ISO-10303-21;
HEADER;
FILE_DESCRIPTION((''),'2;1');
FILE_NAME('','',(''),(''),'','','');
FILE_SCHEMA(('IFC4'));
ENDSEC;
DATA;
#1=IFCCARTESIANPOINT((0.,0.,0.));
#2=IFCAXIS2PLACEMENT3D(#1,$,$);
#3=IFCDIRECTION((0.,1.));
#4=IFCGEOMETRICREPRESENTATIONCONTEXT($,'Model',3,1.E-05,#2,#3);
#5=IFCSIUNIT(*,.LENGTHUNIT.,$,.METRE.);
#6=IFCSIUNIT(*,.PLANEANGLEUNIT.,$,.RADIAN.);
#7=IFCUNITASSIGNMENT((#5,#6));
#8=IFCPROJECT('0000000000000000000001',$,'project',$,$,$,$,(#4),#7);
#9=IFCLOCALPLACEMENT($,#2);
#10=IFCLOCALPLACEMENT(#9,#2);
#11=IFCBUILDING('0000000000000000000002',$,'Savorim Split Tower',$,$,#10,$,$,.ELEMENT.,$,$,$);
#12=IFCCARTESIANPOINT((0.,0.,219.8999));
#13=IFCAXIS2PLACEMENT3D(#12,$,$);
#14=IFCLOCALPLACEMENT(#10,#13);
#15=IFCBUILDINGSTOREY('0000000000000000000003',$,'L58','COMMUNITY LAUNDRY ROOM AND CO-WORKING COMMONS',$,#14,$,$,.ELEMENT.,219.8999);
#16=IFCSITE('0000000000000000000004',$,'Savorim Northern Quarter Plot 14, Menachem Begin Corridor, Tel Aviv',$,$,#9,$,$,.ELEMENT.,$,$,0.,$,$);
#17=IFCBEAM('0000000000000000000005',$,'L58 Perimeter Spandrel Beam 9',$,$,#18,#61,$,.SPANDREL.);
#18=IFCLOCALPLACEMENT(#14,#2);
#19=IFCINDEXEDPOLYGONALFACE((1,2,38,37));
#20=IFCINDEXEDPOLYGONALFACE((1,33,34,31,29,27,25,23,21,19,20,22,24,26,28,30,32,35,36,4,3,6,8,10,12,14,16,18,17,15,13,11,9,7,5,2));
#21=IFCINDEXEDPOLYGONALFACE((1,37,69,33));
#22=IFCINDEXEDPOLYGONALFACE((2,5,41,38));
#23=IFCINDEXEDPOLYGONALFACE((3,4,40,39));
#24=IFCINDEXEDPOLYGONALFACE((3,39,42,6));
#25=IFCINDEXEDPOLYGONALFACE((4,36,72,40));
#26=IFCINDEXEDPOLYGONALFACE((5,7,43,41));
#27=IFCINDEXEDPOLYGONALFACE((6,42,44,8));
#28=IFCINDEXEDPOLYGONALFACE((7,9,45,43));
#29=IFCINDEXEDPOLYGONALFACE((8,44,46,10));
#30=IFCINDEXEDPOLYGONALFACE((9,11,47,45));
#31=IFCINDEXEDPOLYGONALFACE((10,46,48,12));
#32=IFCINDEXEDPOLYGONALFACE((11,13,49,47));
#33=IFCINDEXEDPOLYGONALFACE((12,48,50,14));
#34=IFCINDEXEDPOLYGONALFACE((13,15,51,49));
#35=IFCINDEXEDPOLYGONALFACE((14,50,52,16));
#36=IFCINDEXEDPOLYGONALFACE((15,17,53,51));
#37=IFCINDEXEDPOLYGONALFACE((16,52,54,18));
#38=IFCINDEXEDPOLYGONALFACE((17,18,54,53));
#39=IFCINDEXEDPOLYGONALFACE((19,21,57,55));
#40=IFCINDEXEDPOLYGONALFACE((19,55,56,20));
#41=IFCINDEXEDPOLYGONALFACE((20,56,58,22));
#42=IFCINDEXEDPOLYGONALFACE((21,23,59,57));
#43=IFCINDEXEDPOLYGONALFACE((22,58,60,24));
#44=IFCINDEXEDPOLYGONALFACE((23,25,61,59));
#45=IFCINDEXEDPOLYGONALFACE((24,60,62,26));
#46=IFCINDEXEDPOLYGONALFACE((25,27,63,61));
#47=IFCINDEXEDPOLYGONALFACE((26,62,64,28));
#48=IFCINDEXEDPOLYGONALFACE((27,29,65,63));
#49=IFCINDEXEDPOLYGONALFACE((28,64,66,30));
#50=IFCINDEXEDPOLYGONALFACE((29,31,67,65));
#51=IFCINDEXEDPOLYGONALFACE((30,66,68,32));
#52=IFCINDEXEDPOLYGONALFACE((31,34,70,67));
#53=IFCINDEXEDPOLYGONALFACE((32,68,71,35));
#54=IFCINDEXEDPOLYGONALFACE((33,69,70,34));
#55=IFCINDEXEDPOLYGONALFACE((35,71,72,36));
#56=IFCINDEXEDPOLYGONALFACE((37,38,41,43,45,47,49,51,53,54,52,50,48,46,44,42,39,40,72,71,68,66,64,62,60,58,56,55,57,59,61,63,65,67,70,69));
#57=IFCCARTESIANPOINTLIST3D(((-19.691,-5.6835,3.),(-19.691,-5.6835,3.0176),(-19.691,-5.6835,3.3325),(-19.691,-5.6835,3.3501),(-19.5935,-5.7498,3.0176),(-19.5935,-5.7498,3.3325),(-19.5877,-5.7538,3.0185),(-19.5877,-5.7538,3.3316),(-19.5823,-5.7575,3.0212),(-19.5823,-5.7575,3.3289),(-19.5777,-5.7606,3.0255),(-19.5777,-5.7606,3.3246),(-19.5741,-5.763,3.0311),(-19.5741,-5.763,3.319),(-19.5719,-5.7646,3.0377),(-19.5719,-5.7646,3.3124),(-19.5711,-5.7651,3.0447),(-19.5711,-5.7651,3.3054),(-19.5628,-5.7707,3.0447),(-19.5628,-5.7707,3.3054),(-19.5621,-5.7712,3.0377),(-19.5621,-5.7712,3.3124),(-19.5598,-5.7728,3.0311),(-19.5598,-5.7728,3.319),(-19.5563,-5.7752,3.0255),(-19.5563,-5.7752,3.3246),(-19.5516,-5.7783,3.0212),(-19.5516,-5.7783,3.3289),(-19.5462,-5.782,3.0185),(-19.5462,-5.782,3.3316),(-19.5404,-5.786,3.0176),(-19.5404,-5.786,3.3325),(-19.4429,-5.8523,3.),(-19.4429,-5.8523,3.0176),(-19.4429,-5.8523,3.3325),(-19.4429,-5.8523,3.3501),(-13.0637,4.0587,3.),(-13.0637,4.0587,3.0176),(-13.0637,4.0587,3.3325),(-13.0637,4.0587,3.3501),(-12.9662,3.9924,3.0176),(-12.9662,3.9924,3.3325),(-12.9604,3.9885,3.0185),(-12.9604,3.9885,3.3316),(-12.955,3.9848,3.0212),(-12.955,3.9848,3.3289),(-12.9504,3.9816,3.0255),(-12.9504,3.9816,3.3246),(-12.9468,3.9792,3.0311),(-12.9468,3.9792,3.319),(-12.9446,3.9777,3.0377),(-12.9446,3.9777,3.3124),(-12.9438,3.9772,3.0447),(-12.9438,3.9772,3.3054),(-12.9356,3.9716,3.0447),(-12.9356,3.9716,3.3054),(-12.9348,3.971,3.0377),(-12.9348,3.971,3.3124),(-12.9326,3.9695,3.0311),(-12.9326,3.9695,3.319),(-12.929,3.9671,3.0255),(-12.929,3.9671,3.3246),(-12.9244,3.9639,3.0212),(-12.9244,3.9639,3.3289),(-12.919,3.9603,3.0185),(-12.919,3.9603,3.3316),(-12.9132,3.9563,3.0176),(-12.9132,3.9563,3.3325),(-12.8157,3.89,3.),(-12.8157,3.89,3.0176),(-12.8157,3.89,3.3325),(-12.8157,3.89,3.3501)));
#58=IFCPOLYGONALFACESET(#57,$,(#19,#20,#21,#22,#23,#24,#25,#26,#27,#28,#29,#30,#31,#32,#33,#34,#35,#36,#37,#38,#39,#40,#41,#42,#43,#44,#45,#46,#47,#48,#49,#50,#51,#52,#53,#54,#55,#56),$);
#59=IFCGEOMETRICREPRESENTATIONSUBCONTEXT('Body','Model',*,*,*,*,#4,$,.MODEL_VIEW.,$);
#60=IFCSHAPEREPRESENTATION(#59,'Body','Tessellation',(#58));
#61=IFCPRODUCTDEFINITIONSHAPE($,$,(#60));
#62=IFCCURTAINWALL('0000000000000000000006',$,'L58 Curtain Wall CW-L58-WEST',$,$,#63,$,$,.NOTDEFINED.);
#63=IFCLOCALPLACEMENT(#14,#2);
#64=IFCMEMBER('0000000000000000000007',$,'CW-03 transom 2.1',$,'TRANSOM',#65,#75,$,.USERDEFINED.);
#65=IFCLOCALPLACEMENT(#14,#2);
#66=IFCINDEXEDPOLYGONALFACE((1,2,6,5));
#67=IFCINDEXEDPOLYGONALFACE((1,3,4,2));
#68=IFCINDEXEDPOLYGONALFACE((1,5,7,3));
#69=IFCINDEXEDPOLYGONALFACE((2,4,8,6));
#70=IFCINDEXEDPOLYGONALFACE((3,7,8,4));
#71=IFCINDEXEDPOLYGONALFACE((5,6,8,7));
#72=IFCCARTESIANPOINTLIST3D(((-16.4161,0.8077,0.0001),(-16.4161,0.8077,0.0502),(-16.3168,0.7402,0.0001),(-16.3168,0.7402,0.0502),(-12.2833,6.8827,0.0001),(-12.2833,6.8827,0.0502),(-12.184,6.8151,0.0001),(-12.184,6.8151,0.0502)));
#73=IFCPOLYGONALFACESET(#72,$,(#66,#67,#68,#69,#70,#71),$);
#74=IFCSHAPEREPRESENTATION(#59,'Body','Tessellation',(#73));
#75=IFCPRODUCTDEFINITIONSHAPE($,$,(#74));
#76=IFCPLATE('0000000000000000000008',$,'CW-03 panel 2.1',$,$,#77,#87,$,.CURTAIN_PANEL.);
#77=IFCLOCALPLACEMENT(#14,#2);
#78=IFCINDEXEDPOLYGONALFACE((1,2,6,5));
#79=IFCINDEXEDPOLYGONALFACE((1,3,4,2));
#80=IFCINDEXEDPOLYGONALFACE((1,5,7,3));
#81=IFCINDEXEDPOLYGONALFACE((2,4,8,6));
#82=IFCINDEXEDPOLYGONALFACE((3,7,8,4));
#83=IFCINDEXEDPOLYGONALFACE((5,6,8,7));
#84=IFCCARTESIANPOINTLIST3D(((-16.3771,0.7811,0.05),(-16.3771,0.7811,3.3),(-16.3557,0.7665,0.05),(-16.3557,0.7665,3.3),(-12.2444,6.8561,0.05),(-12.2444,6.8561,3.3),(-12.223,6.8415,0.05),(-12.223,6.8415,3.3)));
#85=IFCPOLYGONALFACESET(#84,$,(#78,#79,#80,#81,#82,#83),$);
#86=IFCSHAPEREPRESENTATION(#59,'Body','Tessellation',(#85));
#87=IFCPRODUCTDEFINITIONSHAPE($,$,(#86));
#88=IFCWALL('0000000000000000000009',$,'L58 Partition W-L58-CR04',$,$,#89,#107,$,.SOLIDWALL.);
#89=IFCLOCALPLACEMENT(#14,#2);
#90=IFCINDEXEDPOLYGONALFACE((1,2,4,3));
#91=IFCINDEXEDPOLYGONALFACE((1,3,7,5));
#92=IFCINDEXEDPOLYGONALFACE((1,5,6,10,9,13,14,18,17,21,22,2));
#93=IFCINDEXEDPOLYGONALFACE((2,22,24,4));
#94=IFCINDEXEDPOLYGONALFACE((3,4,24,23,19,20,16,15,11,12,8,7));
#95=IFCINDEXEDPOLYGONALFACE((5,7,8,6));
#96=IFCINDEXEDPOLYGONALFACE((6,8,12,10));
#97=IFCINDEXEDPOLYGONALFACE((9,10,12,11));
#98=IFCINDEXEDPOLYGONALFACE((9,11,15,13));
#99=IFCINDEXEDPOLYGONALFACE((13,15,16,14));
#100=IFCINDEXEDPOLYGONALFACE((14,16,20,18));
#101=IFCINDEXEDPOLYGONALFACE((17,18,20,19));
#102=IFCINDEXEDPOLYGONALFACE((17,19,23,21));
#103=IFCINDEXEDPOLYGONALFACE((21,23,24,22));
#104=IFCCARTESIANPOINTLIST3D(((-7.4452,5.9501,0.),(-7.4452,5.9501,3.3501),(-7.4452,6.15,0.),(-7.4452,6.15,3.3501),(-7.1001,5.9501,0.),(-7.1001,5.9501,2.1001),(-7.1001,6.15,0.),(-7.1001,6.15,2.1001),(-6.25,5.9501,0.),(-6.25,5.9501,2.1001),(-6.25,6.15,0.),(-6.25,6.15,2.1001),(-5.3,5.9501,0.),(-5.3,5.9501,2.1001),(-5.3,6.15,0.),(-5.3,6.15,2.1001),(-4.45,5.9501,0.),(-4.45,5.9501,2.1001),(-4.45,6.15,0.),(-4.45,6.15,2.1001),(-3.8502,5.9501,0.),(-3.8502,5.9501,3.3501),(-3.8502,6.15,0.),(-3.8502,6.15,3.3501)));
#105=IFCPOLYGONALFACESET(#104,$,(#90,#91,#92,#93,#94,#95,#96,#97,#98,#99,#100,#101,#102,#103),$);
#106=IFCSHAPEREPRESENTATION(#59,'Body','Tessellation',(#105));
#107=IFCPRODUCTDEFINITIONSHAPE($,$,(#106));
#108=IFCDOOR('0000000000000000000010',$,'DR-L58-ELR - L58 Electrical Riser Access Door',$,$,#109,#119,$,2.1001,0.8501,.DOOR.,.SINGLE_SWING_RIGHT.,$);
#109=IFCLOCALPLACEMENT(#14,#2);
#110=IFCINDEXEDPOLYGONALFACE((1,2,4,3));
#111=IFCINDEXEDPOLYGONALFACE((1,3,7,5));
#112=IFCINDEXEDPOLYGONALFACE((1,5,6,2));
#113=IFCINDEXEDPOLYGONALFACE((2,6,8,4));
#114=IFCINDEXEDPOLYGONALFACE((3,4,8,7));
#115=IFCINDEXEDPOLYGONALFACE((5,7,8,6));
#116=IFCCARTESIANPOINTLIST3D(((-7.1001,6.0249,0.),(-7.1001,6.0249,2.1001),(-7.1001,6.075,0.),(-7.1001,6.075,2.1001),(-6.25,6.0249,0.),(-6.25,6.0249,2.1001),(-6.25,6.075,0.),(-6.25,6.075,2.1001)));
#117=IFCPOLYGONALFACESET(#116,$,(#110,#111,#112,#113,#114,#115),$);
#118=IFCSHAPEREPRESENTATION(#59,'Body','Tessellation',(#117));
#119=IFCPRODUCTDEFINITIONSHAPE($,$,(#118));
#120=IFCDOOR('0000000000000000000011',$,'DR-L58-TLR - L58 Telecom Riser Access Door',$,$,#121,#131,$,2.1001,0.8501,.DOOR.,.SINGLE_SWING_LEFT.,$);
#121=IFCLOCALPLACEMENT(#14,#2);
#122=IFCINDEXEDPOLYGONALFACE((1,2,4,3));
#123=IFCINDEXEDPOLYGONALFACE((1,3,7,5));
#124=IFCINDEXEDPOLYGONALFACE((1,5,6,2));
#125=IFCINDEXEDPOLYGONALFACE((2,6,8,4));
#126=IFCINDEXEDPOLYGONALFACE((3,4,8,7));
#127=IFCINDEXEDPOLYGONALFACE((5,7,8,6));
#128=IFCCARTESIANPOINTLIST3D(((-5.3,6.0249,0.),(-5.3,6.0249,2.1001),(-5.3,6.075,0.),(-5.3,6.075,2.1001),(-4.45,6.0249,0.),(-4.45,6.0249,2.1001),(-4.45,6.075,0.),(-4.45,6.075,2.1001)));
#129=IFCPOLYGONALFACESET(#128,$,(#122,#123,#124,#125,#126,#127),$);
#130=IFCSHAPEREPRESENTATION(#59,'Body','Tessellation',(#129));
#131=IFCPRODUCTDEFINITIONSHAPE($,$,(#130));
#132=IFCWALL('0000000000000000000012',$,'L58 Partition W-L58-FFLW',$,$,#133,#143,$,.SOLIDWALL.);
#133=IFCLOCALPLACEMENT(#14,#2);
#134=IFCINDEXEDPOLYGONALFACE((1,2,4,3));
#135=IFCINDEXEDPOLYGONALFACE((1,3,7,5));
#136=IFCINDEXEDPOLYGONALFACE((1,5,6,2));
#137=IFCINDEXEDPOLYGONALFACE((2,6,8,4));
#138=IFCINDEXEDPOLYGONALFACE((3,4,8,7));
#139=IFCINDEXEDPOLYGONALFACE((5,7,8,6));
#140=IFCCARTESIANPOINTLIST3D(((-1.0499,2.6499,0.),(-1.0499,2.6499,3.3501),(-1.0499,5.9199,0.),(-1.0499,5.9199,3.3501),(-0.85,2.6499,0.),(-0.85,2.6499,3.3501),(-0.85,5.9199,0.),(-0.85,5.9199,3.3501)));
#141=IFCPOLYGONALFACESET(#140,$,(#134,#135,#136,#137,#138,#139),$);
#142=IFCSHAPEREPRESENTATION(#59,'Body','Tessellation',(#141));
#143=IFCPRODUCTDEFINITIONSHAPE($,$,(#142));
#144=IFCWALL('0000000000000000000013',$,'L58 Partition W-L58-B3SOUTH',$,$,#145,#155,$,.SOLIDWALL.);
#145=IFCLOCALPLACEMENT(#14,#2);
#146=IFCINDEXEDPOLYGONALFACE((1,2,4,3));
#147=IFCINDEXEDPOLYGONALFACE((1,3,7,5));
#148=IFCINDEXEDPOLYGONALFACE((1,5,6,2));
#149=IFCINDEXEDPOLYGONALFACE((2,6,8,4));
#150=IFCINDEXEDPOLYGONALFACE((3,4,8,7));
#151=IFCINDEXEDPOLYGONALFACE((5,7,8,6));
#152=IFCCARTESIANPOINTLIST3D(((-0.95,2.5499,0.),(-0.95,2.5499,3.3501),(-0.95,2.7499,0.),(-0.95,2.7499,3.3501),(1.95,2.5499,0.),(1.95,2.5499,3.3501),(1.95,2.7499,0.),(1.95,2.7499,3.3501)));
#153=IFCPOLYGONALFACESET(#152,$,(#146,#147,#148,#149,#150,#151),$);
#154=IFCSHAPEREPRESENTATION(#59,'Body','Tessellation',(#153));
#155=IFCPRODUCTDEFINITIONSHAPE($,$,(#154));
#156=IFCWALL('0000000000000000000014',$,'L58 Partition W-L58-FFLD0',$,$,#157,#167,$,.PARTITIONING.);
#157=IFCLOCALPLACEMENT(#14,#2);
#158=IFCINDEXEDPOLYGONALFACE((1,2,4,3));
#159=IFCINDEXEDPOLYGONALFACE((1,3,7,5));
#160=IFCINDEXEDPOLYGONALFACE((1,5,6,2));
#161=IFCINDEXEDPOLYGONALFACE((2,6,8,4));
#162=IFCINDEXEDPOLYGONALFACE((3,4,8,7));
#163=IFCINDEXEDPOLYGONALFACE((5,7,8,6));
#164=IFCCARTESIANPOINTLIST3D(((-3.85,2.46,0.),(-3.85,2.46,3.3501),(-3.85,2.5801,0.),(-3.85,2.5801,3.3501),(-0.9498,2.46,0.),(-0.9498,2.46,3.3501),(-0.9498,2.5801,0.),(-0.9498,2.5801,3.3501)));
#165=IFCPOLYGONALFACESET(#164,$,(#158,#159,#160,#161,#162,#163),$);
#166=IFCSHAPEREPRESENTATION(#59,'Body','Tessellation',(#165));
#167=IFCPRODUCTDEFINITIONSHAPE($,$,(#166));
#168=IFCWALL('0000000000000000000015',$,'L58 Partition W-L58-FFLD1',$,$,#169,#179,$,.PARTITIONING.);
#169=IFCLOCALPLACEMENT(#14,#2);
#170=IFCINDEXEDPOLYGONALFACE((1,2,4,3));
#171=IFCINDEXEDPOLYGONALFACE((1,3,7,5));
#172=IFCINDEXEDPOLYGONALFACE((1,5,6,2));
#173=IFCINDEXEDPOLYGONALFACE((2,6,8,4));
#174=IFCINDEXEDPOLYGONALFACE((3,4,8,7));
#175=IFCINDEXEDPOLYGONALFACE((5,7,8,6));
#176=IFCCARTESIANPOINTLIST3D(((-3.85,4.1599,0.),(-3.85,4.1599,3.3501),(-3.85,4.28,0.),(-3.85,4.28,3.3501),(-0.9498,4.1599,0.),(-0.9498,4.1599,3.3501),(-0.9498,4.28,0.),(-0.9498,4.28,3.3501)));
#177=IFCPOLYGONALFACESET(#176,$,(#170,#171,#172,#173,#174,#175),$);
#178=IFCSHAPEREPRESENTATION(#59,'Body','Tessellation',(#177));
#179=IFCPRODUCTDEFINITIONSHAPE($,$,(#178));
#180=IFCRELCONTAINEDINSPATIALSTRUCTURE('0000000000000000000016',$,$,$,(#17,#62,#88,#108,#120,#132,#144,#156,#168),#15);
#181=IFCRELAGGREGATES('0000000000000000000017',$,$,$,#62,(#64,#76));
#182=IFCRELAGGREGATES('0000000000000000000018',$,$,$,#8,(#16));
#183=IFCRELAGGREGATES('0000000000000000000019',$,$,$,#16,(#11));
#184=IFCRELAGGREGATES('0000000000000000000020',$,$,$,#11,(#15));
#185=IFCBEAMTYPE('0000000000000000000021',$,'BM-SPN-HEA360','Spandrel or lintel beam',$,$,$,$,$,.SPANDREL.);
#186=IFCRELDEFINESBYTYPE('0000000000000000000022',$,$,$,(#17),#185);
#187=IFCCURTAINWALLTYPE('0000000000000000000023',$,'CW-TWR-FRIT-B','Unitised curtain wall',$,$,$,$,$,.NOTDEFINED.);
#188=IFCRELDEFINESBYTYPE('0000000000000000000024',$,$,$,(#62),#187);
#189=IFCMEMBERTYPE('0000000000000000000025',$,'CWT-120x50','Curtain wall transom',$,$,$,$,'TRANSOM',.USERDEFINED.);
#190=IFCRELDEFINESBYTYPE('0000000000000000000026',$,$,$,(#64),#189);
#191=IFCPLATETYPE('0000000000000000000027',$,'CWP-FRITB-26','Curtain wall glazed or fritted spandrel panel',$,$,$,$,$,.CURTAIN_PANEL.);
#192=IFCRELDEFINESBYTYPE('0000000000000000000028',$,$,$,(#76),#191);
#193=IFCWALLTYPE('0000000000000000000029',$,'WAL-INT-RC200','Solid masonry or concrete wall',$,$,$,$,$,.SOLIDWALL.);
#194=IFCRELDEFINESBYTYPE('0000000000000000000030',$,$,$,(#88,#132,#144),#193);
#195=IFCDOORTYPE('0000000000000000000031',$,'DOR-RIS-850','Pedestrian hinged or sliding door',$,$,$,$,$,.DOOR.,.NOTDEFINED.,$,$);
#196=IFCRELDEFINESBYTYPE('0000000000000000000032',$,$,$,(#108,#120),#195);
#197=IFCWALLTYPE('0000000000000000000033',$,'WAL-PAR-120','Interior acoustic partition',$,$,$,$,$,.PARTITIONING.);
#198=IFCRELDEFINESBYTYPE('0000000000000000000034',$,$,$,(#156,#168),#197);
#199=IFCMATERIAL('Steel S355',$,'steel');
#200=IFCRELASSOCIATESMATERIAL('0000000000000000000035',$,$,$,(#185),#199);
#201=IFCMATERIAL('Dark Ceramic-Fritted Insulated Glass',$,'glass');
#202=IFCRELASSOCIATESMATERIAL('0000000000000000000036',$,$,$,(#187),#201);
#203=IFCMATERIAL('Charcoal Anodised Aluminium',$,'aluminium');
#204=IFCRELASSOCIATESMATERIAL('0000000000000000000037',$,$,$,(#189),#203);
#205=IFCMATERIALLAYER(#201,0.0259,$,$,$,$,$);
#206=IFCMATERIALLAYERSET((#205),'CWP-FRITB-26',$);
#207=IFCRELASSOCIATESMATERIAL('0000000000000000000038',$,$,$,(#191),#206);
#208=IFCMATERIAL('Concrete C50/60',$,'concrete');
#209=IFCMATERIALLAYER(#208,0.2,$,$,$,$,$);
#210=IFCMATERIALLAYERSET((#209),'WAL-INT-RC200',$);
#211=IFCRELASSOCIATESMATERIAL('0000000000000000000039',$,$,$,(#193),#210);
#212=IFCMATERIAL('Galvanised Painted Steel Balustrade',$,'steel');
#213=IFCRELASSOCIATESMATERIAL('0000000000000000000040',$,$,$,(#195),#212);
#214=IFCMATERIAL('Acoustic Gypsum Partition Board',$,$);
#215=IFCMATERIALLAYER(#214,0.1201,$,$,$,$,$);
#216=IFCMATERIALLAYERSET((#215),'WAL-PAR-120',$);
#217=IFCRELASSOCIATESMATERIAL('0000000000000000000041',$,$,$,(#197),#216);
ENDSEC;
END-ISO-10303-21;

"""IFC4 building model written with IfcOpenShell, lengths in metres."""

from ifc_helpers import new_model, si_unit, direction, frame, frame_2d, origin, origin_2d, place, context, subcontext, project, spatial, rectangle, i_section, extrude, material, layer, layer_set, material_profile, profile_set, type_object, element, fill, aggregate, save


model = new_model("IFC4")

# Units and contexts
model_context = context("Model", 3, precision=1e-05, world=origin(), true_north=direction((0.0, 1.0)))
body_context = subcontext(model_context, "Body", "Model", "MODEL_VIEW")
ifc_project = project(units=[si_unit("LENGTHUNIT", "METRE"), si_unit("PLANEANGLEUNIT", "RADIAN")], contexts=[model_context])

# Site, building, storey
site_placement = place(None, origin())
site = spatial("IfcSite", under=ifc_project, at=site_placement, Name="Savorim Northern Quarter Plot 14, Menachem Begin Corridor, Tel Aviv", CompositionType="ELEMENT", RefElevation=0.0)
building_placement = place(site_placement, origin())
building = spatial("IfcBuilding", under=site, at=building_placement, Name="Savorim Split Tower", CompositionType="ELEMENT")
storey_placement = place(building_placement, frame((0.0, 0.0, 219.8999)))
storey = spatial("IfcBuildingStorey", under=building, at=storey_placement, Name="L58", Description="COMMUNITY LAUNDRY ROOM AND CO-WORKING COMMONS", CompositionType="ELEMENT", Elevation=219.8999)

# Shared definitions
ifc_material_1 = material(Name="Steel S355", Category="steel")

# Beam
ifc_material_profile_1 = material_profile(ifc_material_1, i_section(OverallWidth=0.3, OverallDepth=0.3501, WebThickness=0.01, FlangeThickness=0.0176, FilletRadius=0.0271, at=origin_2d()), Name="HEA 360")
ifc_profile_set_1 = profile_set([ifc_material_profile_1], Name="Steel S355")
beam_type_1 = type_object("IfcBeamType", Name="BM-SPN-HEA360", Description="Spandrel or lintel beam", PredefinedType="SPANDREL", material=ifc_profile_set_1)
beam_1_placement = place(storey_placement, frame((-12.9397, 3.9744, 3.175), z_axis=(-0.562456, -0.826827, 0.0), x_axis=(0.826827, -0.562456, 0.0)))
element("IfcBeam", 1, at=beam_1_placement, inside=storey, type_object=beam_type_1, Name="L58 Perimeter Spandrel Beam 9", PredefinedType="SPANDREL", context=body_context, shape_type="SweptSolid", body=[
    extrude(i_section(OverallWidth=0.3, OverallDepth=0.3501, WebThickness=0.01, FlangeThickness=0.0176, FilletRadius=0.0271, at=origin_2d()), origin(), (0.0, 0.0, 1.0), 11.7827),
])

# Curtain wall, member, plate
ifc_material_2 = material(Name="Dark Ceramic-Fritted Insulated Glass", Category="glass")
curtain_wall_type = type_object("IfcCurtainWallType", Name="CW-TWR-FRIT-B", Description="Unitised curtain wall", PredefinedType="NOTDEFINED", material=ifc_material_2)
curtain_wall_placement = place(storey_placement, origin())
curtain_wall = element("IfcCurtainWall", 2, at=curtain_wall_placement, inside=storey, type_object=curtain_wall_type, Name="L58 Curtain Wall CW-L58-WEST", PredefinedType="NOTDEFINED")
ifc_material_3 = material(Name="Charcoal Anodised Aluminium", Category="aluminium")
ifc_material_profile_2 = material_profile(ifc_material_3, rectangle(XDim=0.1201, YDim=0.05, at=origin_2d()), Name="ALU-T 120x50")
ifc_profile_set_2 = profile_set([ifc_material_profile_2], Name="Charcoal Anodised Aluminium")
member_type = type_object("IfcMemberType", Name="CWT-120x50", Description="Curtain wall transom", ElementType="TRANSOM", PredefinedType="USERDEFINED", material=ifc_profile_set_2)
member_placement = place(storey_placement, frame((-12.2336, 6.8489, 0.0251), z_axis=(-0.562482, -0.82681, 0.0), x_axis=(0.82681, -0.562482, 0.0)))
member = element("IfcMember", 3, at=member_placement, type_object=member_type, Name="CW-03 transom 2.1", ObjectType="TRANSOM", PredefinedType="USERDEFINED", context=body_context, shape_type="SweptSolid", body=[
    extrude(rectangle(XDim=0.1201, YDim=0.05, at=origin_2d()), origin(), (0.0, 0.0, 1.0), 7.3474),
])
ifc_layer_1 = layer(ifc_material_2, 0.0259)
ifc_layer_set_1 = layer_set([ifc_layer_1], Name="CWP-FRITB-26")
plate_type = type_object("IfcPlateType", Name="CWP-FRITB-26", Description="Curtain wall glazed or fritted spandrel panel", PredefinedType="CURTAIN_PANEL", material=ifc_layer_set_1)
plate_placement = place(storey_placement, frame((-14.3, 3.8113, 0.05), z_axis=(0.0, 0.0, 1.0), x_axis=(-0.562467, -0.82682, 0.0)))
plate = element("IfcPlate", 4, at=plate_placement, type_object=plate_type, Name="CW-03 panel 2.1", PredefinedType="CURTAIN_PANEL", context=body_context, shape_type="SweptSolid", body=[
    extrude(rectangle(XDim=7.3474, YDim=0.0259, at=origin_2d()), origin(), (0.0, 0.0, 1.0), 3.25),
])
aggregate(curtain_wall, [member, plate])

# Wall, openings, doors
ifc_material_4 = material(Name="Concrete C50/60", Category="concrete")
ifc_layer_2 = layer(ifc_material_4, 0.2)
ifc_layer_set_2 = layer_set([ifc_layer_2], Name="WAL-INT-RC200")
wall_type_1 = type_object("IfcWallType", Name="WAL-INT-RC200", Description="Solid masonry or concrete wall", PredefinedType="SOLIDWALL", material=ifc_layer_set_2)
wall_1_placement = place(storey_placement, frame((-7.4451, 6.05, 0.0), z_axis=(0.0, 0.0, 1.0), x_axis=(1.0, 0.0, 0.0)))
wall_1 = element("IfcWall", 5, at=wall_1_placement, inside=storey, type_object=wall_type_1, Name="L58 Partition W-L58-CR04", PredefinedType="SOLIDWALL", context=body_context, shape_type="SweptSolid", body=[
    extrude(rectangle(XDim=3.595, YDim=0.2, at=frame_2d((1.7974, 0.0))), origin(), (0.0, 0.0, 1.0), 3.3501),
])
opening_1_placement = place(wall_1_placement, frame((0.345, 0.0, 0.0)))
opening_1 = element("IfcOpeningElement", 6, at=opening_1_placement, cuts=wall_1, PredefinedType="OPENING", context=body_context, shape_type="SweptSolid", body=[
    extrude(rectangle(XDim=0.8501, YDim=2.1001, at=frame_2d((0.425, 1.05))), frame((0.0, 0.1099, 0.0), z_axis=(0.0, -1.0, 0.0), x_axis=(1.0, 0.0, 0.0)), (0.0, 0.0, 1.0), 0.22),
])
opening_2_placement = place(wall_1_placement, frame((2.145, 0.0, 0.0)))
opening_2 = element("IfcOpeningElement", 7, at=opening_2_placement, cuts=wall_1, PredefinedType="OPENING", context=body_context, shape_type="SweptSolid", body=[
    extrude(rectangle(XDim=0.8501, YDim=2.1001, at=frame_2d((0.425, 1.05))), frame((0.0, 0.1099, 0.0), z_axis=(0.0, -1.0, 0.0), x_axis=(1.0, 0.0, 0.0)), (0.0, 0.0, 1.0), 0.22),
])
ifc_material_5 = material(Name="Galvanised Painted Steel Balustrade", Category="steel")
door_type = type_object("IfcDoorType", Name="DOR-RIS-850", Description="Pedestrian hinged or sliding door", OperationType="NOTDEFINED", PredefinedType="DOOR", material=ifc_material_5)
door_1_placement = place(opening_1_placement, origin())
door_1 = element("IfcDoor", 8, at=door_1_placement, inside=storey, type_object=door_type, Name="DR-L58-ELR - L58 Electrical Riser Access Door", OperationType="SINGLE_SWING_RIGHT", OverallHeight=2.1001, OverallWidth=0.8501, PredefinedType="DOOR", context=body_context, shape_type="SweptSolid", body=[
    extrude(rectangle(XDim=0.8501, YDim=2.1001, at=frame_2d((0.425, 1.05))), frame((0.0, 0.0249, 0.0), z_axis=(0.0, -1.0, 0.0), x_axis=(1.0, 0.0, 0.0)), (0.0, 0.0, 1.0), 0.05),
])
fill(opening_1, door_1)
door_2_placement = place(opening_2_placement, origin())
door_2 = element("IfcDoor", 9, at=door_2_placement, inside=storey, type_object=door_type, Name="DR-L58-TLR - L58 Telecom Riser Access Door", OperationType="SINGLE_SWING_LEFT", OverallHeight=2.1001, OverallWidth=0.8501, PredefinedType="DOOR", context=body_context, shape_type="SweptSolid", body=[
    extrude(rectangle(XDim=0.8501, YDim=2.1001, at=frame_2d((0.425, 1.05))), frame((0.0, 0.0249, 0.0), z_axis=(0.0, -1.0, 0.0), x_axis=(1.0, 0.0, 0.0)), (0.0, 0.0, 1.0), 0.05),
])
fill(opening_2, door_2)

# Walls
wall_2_placement = place(storey_placement, frame((-0.95, 2.6499, 0.0), z_axis=(0.0, 0.0, 1.0), x_axis=(0.0, 1.0, 0.0)))
element("IfcWall", 10, at=wall_2_placement, inside=storey, type_object=wall_type_1, Name="L58 Partition W-L58-FFLW", PredefinedType="SOLIDWALL", context=body_context, shape_type="SweptSolid", body=[
    extrude(rectangle(XDim=3.27, YDim=0.2, at=frame_2d((1.635, 0.0))), origin(), (0.0, 0.0, 1.0), 3.3501),
])
wall_3_placement = place(storey_placement, frame((-0.95, 2.6499, 0.0), z_axis=(0.0, 0.0, 1.0), x_axis=(1.0, 0.0, 0.0)))
element("IfcWall", 11, at=wall_3_placement, inside=storey, type_object=wall_type_1, Name="L58 Partition W-L58-B3SOUTH", PredefinedType="SOLIDWALL", context=body_context, shape_type="SweptSolid", body=[
    extrude(rectangle(XDim=2.8999, YDim=0.2, at=frame_2d((1.45, 0.0))), origin(), (0.0, 0.0, 1.0), 3.3501),
])
ifc_material_6 = material(Name="Acoustic Gypsum Partition Board")
ifc_layer_3 = layer(ifc_material_6, 0.1201)
ifc_layer_set_3 = layer_set([ifc_layer_3], Name="WAL-PAR-120")
wall_type_2 = type_object("IfcWallType", Name="WAL-PAR-120", Description="Interior acoustic partition", PredefinedType="PARTITIONING", material=ifc_layer_set_3)
for number, where, z_axis, x_axis, name in (
    (12, (-3.8501, 2.52, 0.0), (0.0, 0.0, 1.0), (1.0, 0.0, 0.0), "L58 Partition W-L58-FFLD0"),
    (13, (-3.8501, 4.22, 0.0), (0.0, 0.0, 1.0), (1.0, 0.0, 0.0), "L58 Partition W-L58-FFLD1"),
):
    element("IfcWall", number, at=place(storey_placement, frame(where, z_axis=z_axis, x_axis=x_axis)), inside=storey, type_object=wall_type_2, Name=name, PredefinedType="PARTITIONING", context=body_context, shape_type="SweptSolid", body=[
        extrude(rectangle(XDim=2.9001, YDim=0.1201, at=frame_2d((1.4502, 0.0))), origin(), (0.0, 0.0, 1.0), 3.3501),
    ])

save(model, "model.ifc")
